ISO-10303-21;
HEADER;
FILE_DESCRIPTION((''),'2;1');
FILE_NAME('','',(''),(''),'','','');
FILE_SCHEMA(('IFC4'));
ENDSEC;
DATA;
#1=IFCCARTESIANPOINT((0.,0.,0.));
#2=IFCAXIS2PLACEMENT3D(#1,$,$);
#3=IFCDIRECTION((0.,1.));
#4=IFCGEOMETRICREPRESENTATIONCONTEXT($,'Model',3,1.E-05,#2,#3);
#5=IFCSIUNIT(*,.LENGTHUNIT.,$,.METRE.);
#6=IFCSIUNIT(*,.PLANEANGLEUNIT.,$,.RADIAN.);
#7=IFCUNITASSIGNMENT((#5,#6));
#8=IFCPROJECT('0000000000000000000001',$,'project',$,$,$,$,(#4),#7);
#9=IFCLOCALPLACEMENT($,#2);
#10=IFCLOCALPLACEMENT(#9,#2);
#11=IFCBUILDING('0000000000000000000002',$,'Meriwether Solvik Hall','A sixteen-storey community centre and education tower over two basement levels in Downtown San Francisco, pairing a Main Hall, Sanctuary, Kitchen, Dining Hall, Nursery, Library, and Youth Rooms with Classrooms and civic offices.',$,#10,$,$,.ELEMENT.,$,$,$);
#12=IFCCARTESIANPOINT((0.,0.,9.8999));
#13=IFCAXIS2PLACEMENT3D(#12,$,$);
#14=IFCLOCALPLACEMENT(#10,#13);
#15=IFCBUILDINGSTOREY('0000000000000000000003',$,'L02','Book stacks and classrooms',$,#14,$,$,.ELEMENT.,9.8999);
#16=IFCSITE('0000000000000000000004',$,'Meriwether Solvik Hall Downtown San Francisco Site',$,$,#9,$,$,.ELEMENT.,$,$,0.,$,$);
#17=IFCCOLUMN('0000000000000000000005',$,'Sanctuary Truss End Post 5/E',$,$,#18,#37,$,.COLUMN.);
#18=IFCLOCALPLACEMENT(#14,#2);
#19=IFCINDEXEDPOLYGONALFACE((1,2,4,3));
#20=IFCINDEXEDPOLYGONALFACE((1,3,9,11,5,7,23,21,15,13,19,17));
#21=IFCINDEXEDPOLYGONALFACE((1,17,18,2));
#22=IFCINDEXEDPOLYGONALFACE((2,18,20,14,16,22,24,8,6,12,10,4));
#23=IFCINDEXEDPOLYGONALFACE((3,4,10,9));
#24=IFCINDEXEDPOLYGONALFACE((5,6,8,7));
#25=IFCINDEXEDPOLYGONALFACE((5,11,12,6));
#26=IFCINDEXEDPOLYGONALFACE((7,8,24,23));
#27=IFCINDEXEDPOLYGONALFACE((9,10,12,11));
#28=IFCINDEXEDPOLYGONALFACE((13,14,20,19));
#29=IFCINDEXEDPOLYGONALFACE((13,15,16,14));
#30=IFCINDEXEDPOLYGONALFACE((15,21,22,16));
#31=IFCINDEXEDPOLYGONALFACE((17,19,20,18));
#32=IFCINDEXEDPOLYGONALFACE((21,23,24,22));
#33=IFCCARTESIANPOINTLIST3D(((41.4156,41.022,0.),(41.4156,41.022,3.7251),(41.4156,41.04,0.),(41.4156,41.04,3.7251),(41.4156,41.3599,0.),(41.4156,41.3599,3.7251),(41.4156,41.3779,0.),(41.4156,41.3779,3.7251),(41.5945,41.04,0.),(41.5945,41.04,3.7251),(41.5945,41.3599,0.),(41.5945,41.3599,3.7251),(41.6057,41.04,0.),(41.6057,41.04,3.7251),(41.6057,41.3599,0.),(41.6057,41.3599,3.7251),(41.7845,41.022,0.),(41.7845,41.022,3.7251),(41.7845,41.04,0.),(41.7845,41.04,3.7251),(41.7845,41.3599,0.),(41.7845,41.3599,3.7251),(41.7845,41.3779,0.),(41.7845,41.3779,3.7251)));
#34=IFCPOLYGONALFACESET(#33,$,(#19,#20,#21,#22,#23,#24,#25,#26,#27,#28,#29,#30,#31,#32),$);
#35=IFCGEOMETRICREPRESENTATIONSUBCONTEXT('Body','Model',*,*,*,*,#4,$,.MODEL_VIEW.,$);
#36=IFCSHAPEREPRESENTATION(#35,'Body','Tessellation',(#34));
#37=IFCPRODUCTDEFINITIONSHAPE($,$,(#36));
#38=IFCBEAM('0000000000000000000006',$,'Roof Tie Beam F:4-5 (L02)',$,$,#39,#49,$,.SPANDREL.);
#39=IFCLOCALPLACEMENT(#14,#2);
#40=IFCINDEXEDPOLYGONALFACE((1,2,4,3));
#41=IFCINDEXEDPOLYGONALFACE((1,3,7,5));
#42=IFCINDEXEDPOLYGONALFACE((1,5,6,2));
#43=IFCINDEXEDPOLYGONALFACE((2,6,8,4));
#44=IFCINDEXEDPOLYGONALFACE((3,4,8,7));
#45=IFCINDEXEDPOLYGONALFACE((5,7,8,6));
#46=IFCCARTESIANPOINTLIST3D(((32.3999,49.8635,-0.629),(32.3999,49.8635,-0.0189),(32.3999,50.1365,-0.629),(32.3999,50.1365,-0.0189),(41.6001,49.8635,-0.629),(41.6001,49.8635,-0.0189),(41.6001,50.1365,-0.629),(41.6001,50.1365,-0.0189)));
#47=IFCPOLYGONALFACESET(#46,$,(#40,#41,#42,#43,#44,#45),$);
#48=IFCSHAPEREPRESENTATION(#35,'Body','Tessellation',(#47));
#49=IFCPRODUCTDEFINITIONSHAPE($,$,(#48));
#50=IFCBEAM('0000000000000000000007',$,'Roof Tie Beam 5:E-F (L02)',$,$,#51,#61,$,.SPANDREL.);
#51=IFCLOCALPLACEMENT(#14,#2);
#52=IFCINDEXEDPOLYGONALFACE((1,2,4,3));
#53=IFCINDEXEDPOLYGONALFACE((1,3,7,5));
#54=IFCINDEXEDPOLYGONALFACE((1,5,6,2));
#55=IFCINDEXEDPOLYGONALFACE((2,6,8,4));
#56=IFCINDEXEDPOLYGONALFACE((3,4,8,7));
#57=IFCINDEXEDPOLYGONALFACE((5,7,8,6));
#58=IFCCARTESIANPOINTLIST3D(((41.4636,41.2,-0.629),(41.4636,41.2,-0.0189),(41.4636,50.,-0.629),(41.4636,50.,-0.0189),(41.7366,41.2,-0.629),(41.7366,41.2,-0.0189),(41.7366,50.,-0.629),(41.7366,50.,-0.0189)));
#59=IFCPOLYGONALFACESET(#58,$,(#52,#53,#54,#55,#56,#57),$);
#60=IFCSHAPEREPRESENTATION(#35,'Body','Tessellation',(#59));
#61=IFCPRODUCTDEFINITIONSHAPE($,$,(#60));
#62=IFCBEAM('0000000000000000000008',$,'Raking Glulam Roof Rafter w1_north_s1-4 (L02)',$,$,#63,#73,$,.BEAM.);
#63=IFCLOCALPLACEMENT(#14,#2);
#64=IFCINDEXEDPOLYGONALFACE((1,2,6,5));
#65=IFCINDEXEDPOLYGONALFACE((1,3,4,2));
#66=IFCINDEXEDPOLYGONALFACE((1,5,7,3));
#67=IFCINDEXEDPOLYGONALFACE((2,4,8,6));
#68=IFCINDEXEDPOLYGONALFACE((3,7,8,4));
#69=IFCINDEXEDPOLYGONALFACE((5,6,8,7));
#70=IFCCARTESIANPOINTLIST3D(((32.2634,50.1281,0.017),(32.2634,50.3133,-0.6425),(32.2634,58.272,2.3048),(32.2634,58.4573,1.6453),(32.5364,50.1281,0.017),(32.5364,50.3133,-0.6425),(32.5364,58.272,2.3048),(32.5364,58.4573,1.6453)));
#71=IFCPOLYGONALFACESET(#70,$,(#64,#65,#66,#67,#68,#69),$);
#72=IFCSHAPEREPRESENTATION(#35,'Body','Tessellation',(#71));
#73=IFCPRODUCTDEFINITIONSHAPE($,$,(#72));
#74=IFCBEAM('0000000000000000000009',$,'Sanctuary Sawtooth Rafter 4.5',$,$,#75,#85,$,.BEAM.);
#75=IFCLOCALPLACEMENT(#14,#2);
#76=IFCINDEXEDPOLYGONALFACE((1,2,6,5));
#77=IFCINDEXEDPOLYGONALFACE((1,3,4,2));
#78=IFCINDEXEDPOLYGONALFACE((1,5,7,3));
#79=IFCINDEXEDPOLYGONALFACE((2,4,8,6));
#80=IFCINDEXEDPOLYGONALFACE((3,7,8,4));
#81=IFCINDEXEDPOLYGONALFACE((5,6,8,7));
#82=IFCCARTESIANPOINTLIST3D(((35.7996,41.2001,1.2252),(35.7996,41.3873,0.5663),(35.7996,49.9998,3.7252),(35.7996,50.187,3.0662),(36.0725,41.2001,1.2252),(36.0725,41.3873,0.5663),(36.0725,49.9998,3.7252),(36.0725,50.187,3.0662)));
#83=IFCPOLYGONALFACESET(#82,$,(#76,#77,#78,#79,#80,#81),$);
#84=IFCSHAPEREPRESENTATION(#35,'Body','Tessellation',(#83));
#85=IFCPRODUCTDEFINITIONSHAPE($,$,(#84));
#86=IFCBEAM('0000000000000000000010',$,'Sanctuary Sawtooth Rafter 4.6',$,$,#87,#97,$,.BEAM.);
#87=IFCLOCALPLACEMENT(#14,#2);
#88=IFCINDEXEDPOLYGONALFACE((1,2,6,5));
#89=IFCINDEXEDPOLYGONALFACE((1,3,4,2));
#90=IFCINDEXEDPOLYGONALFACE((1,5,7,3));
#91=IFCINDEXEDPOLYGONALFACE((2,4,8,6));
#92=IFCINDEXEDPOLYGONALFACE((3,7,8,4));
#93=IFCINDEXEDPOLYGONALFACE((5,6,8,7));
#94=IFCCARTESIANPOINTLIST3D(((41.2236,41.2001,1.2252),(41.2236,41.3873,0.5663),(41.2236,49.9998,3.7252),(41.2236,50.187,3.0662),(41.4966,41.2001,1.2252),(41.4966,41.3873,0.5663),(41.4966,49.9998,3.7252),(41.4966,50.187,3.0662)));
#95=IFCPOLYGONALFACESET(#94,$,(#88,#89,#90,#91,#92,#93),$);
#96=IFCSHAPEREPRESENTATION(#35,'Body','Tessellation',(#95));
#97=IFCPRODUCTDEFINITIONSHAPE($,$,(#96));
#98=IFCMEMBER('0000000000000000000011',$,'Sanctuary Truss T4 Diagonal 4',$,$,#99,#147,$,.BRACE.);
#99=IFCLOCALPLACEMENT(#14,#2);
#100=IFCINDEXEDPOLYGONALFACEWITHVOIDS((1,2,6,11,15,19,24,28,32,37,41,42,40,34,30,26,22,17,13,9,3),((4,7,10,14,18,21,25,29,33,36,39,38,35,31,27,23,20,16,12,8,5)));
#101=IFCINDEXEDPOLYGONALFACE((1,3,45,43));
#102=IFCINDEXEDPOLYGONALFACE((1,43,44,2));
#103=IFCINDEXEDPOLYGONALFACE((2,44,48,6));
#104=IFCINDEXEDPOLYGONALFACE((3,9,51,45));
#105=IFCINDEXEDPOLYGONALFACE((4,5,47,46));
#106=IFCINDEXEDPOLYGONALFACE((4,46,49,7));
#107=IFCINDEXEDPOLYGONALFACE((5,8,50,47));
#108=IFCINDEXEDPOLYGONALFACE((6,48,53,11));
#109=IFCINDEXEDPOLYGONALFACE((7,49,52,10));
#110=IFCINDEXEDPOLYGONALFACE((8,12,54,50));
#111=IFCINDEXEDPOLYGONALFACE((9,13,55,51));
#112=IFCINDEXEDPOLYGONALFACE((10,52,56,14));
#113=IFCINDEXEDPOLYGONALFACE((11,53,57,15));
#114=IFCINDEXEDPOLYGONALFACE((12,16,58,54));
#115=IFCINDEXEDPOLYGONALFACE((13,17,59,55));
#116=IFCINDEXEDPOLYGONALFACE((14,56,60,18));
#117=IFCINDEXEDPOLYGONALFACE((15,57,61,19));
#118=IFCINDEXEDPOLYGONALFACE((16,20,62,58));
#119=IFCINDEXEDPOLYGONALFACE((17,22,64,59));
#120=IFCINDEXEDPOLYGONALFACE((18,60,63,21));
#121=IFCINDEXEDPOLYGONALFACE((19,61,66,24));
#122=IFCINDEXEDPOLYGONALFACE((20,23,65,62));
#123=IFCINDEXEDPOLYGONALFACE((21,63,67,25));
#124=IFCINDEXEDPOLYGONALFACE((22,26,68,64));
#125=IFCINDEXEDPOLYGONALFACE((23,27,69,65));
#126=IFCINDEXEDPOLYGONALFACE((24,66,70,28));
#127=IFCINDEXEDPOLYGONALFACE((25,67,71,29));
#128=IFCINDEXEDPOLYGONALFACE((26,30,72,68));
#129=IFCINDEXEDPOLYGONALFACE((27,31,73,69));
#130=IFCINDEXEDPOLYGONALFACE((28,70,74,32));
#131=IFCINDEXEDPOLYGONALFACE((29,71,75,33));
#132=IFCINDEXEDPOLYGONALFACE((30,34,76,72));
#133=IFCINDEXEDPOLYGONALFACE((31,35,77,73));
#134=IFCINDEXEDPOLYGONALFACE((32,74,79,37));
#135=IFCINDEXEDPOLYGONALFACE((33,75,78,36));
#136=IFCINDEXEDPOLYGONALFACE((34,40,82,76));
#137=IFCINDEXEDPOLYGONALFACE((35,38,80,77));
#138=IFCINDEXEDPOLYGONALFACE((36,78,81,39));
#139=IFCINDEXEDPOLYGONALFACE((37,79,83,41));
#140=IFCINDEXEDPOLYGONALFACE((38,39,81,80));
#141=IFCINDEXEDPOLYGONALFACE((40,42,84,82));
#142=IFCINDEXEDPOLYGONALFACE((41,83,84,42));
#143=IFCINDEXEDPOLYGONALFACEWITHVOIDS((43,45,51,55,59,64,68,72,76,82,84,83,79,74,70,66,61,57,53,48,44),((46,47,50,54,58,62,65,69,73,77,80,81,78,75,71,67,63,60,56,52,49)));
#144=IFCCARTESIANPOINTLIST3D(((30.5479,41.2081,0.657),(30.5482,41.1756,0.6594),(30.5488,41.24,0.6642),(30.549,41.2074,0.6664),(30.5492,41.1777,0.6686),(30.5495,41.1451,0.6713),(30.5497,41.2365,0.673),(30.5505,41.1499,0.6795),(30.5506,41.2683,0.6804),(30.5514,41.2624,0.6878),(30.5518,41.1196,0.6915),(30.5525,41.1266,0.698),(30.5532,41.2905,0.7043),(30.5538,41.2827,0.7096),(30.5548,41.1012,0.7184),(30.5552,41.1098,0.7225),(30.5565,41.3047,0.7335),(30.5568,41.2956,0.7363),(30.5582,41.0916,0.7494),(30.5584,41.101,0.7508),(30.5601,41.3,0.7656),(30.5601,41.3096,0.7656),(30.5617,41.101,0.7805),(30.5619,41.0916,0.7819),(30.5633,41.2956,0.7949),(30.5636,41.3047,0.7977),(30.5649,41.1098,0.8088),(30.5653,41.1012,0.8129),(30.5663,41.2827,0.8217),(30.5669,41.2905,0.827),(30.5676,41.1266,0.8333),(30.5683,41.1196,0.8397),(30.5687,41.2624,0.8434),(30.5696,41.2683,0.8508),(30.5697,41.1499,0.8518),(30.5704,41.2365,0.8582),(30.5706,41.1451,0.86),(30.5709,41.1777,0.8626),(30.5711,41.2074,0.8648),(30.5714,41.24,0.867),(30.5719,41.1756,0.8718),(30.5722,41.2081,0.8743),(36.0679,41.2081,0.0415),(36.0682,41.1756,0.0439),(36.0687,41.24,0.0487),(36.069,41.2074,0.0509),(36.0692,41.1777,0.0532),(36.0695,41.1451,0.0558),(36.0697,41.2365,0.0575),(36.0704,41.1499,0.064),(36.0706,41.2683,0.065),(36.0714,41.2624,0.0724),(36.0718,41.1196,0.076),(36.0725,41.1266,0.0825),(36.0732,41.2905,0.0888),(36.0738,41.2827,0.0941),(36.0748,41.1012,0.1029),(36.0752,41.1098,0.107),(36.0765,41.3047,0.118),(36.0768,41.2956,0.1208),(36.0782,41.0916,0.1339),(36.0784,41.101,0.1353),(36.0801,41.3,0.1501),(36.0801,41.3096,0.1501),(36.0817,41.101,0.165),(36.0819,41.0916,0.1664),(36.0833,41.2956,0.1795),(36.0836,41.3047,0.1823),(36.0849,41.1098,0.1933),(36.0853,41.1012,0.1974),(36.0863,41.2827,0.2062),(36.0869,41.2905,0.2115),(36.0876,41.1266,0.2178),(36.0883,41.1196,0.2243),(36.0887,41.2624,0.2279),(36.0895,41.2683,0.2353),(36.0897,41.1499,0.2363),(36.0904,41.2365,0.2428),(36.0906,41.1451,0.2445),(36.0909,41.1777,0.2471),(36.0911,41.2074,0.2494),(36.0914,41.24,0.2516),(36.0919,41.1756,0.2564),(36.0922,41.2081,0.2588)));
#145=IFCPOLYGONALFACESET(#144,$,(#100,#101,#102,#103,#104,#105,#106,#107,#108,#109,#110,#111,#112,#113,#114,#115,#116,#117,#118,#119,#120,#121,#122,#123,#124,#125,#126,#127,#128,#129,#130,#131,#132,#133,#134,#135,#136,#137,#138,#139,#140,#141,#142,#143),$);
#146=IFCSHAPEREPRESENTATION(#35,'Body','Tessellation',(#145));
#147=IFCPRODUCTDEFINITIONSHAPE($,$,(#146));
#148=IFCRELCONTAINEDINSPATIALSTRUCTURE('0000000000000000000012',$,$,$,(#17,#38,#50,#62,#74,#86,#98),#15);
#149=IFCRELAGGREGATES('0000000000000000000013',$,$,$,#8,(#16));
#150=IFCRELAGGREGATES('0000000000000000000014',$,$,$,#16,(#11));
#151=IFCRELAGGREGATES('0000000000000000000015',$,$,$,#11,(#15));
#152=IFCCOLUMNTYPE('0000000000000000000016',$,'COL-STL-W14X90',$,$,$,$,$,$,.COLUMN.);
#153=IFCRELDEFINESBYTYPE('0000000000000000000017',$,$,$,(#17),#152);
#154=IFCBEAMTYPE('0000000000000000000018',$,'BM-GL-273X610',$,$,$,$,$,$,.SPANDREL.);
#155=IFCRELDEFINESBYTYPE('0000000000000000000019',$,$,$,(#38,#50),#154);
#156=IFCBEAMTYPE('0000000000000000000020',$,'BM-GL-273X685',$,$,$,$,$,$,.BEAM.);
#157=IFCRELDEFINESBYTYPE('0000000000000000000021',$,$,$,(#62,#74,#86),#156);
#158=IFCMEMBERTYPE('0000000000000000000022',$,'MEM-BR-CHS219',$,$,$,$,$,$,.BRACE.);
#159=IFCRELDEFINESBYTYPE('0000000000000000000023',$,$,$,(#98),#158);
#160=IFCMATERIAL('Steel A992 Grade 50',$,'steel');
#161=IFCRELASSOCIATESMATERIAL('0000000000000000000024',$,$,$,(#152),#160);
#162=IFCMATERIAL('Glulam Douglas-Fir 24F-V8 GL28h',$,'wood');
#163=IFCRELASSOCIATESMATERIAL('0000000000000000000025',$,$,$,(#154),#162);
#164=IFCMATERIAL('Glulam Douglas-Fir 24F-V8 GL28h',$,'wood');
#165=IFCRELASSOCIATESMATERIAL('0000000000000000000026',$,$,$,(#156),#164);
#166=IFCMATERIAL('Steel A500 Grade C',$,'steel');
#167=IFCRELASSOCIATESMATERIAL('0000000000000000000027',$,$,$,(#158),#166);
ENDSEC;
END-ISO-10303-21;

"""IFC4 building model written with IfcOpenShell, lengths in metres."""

from ifc_helpers import new_model, si_unit, direction, frame, origin, origin_2d, place, context, subcontext, project, spatial, rectangle, hollow_circle, i_section, extrude, material, material_profile, profile_set, type_object, element, save


model = new_model("IFC4")

# Units and contexts
model_context = context("Model", 3, precision=1e-05, world=origin(), true_north=direction((0.0, 1.0)))
body_context = subcontext(model_context, "Body", "Model", "MODEL_VIEW")
ifc_project = project(units=[si_unit("LENGTHUNIT", "METRE"), si_unit("PLANEANGLEUNIT", "RADIAN")], contexts=[model_context])

# Site, building, storey
site_placement = place(None, origin())
site = spatial("IfcSite", under=ifc_project, at=site_placement, Name="Meriwether Solvik Hall Downtown San Francisco Site", CompositionType="ELEMENT", RefElevation=0.0)
building_placement = place(site_placement, origin())
building = spatial("IfcBuilding", under=site, at=building_placement, Name="Meriwether Solvik Hall", Description="A sixteen-storey community centre and education tower over two basement levels in Downtown San Francisco, pairing a Main Hall, Sanctuary, Kitchen, Dining Hall, Nursery, Library, and Youth Rooms with Classrooms and civic offices.", CompositionType="ELEMENT")
storey_placement = place(building_placement, frame((0.0, 0.0, 9.8999)))
storey = spatial("IfcBuildingStorey", under=building, at=storey_placement, Name="L02", Description="Book stacks and classrooms", CompositionType="ELEMENT", Elevation=9.8999)

# Column
ifc_material_1 = material(Name="Steel A992 Grade 50", Category="steel")
ifc_material_profile_1 = material_profile(ifc_material_1, i_section(OverallWidth=0.3689, OverallDepth=0.356, WebThickness=0.0112, FlangeThickness=0.0181, at=origin_2d()), Name="W14X90")
ifc_profile_set_1 = profile_set([ifc_material_profile_1], Name="Steel A992 Grade 50")
column_type = type_object("IfcColumnType", Name="COL-STL-W14X90", PredefinedType="COLUMN", material=ifc_profile_set_1)
column_placement = place(storey_placement, frame((41.6001, 41.2, 0.0), z_axis=(0.0, 0.0, 1.0), x_axis=(1.0, 0.0, 0.0)))
element("IfcColumn", 1, at=column_placement, inside=storey, type_object=column_type, Name="Sanctuary Truss End Post 5/E", PredefinedType="COLUMN", context=body_context, shape_type="SweptSolid", body=[
    extrude(i_section(OverallWidth=0.3689, OverallDepth=0.356, WebThickness=0.0112, FlangeThickness=0.0181, at=origin_2d()), origin(), (0.0, 0.0, 1.0), 3.7251),
])

# Beams
ifc_material_2 = material(Name="Glulam Douglas-Fir 24F-V8 GL28h", Category="wood")
ifc_material_profile_2 = material_profile(ifc_material_2, rectangle(XDim=0.2729, YDim=0.6101, at=origin_2d()), Name="GLB-273X610")
ifc_profile_set_2 = profile_set([ifc_material_profile_2], Name="Glulam Douglas-Fir 24F-V8 GL28h")
beam_type_1 = type_object("IfcBeamType", Name="BM-GL-273X610", PredefinedType="SPANDREL", material=ifc_profile_set_2)
beam_1_placement = place(storey_placement, frame((32.3999, 50.0, -0.324), z_axis=(1.0, 0.0, 0.0), x_axis=(0.0, 1.0, 0.0)))
element("IfcBeam", 2, at=beam_1_placement, inside=storey, type_object=beam_type_1, Name="Roof Tie Beam F:4-5 (L02)", PredefinedType="SPANDREL", context=body_context, shape_type="SweptSolid", body=[
    extrude(rectangle(XDim=0.2729, YDim=0.6101, at=origin_2d()), origin(), (0.0, 0.0, 1.0), 9.2002),
])
beam_2_placement = place(storey_placement, frame((41.6001, 41.2, -0.324), z_axis=(0.0, 1.0, 0.0), x_axis=(-1.0, 0.0, 0.0)))
element("IfcBeam", 3, at=beam_2_placement, inside=storey, type_object=beam_type_1, Name="Roof Tie Beam 5:E-F (L02)", PredefinedType="SPANDREL", context=body_context, shape_type="SweptSolid", body=[
    extrude(rectangle(XDim=0.2729, YDim=0.6101, at=origin_2d()), origin(), (0.0, 0.0, 1.0), 8.8),
])
ifc_material_3 = material(Name="Glulam Douglas-Fir 24F-V8 GL28h", Category="wood")
ifc_material_profile_3 = material_profile(ifc_material_3, rectangle(XDim=0.2729, YDim=0.6851, at=origin_2d()), Name="GLB-273X685")
ifc_profile_set_3 = profile_set([ifc_material_profile_3], Name="Glulam Douglas-Fir 24F-V8 GL28h")
beam_type_2 = type_object("IfcBeamType", Name="BM-GL-273X685", PredefinedType="BEAM", material=ifc_profile_set_3)
beam_3_placement = place(storey_placement, frame((32.3999, 50.2207, -0.3127), z_axis=(0.0, 0.962733, 0.270453), x_axis=(-1.0, 0.0, 0.0)))
element("IfcBeam", 4, at=beam_3_placement, inside=storey, type_object=beam_type_2, Name="Raking Glulam Roof Rafter w1_north_s1-4 (L02)", PredefinedType="BEAM", context=body_context, shape_type="SweptSolid", body=[
    extrude(rectangle(XDim=0.2729, YDim=0.6851, at=origin_2d()), origin(), (0.0, 0.0, 1.0), 8.4592),
])
for number, where, z_axis, x_axis, name in (
    (5, (35.936, 41.2937, 0.8958), (0.0, 0.961934, 0.273283), (-1.0, 0.0, 0.0), "Sanctuary Sawtooth Rafter 4.5"),
    (6, (41.3601, 41.2937, 0.8958), (0.0, 0.961934, 0.273283), (-1.0, 0.0, 0.0), "Sanctuary Sawtooth Rafter 4.6"),
):
    element("IfcBeam", number, at=place(storey_placement, frame(where, z_axis=z_axis, x_axis=x_axis)), inside=storey, type_object=beam_type_2, Name=name, PredefinedType="BEAM", context=body_context, shape_type="SweptSolid", body=[
        extrude(rectangle(XDim=0.2729, YDim=0.6851, at=origin_2d()), origin(), (0.0, 0.0, 1.0), 9.1479),
    ])

# Member
ifc_material_4 = material(Name="Steel A500 Grade C", Category="steel")
ifc_material_profile_4 = material_profile(ifc_material_4, hollow_circle(Radius=0.1096, WallThickness=0.0095, at=origin_2d()), Name="CHS219X9.5")
ifc_profile_set_4 = profile_set([ifc_material_profile_4], Name="Steel A500 Grade C")
member_type_1 = type_object("IfcMemberType", Name="MEM-BR-CHS219", PredefinedType="BRACE", material=ifc_profile_set_4)
member_1_placement = place(storey_placement, frame((30.5601, 41.2, 0.7656), z_axis=(0.993841, 0.0, -0.110813), x_axis=(0.0, 1.0, 0.0)))
element("IfcMember", 7, at=member_1_placement, inside=storey, type_object=member_type_1, Name="Sanctuary Truss T4 Diagonal 4", PredefinedType="BRACE", context=body_context, shape_type="SweptSolid", body=[
    extrude(hollow_circle(Radius=0.1096, WallThickness=0.0095, at=origin_2d()), origin(), (0.0, 0.0, 1.0), 5.5542),
])

save(model, "model.ifc")
